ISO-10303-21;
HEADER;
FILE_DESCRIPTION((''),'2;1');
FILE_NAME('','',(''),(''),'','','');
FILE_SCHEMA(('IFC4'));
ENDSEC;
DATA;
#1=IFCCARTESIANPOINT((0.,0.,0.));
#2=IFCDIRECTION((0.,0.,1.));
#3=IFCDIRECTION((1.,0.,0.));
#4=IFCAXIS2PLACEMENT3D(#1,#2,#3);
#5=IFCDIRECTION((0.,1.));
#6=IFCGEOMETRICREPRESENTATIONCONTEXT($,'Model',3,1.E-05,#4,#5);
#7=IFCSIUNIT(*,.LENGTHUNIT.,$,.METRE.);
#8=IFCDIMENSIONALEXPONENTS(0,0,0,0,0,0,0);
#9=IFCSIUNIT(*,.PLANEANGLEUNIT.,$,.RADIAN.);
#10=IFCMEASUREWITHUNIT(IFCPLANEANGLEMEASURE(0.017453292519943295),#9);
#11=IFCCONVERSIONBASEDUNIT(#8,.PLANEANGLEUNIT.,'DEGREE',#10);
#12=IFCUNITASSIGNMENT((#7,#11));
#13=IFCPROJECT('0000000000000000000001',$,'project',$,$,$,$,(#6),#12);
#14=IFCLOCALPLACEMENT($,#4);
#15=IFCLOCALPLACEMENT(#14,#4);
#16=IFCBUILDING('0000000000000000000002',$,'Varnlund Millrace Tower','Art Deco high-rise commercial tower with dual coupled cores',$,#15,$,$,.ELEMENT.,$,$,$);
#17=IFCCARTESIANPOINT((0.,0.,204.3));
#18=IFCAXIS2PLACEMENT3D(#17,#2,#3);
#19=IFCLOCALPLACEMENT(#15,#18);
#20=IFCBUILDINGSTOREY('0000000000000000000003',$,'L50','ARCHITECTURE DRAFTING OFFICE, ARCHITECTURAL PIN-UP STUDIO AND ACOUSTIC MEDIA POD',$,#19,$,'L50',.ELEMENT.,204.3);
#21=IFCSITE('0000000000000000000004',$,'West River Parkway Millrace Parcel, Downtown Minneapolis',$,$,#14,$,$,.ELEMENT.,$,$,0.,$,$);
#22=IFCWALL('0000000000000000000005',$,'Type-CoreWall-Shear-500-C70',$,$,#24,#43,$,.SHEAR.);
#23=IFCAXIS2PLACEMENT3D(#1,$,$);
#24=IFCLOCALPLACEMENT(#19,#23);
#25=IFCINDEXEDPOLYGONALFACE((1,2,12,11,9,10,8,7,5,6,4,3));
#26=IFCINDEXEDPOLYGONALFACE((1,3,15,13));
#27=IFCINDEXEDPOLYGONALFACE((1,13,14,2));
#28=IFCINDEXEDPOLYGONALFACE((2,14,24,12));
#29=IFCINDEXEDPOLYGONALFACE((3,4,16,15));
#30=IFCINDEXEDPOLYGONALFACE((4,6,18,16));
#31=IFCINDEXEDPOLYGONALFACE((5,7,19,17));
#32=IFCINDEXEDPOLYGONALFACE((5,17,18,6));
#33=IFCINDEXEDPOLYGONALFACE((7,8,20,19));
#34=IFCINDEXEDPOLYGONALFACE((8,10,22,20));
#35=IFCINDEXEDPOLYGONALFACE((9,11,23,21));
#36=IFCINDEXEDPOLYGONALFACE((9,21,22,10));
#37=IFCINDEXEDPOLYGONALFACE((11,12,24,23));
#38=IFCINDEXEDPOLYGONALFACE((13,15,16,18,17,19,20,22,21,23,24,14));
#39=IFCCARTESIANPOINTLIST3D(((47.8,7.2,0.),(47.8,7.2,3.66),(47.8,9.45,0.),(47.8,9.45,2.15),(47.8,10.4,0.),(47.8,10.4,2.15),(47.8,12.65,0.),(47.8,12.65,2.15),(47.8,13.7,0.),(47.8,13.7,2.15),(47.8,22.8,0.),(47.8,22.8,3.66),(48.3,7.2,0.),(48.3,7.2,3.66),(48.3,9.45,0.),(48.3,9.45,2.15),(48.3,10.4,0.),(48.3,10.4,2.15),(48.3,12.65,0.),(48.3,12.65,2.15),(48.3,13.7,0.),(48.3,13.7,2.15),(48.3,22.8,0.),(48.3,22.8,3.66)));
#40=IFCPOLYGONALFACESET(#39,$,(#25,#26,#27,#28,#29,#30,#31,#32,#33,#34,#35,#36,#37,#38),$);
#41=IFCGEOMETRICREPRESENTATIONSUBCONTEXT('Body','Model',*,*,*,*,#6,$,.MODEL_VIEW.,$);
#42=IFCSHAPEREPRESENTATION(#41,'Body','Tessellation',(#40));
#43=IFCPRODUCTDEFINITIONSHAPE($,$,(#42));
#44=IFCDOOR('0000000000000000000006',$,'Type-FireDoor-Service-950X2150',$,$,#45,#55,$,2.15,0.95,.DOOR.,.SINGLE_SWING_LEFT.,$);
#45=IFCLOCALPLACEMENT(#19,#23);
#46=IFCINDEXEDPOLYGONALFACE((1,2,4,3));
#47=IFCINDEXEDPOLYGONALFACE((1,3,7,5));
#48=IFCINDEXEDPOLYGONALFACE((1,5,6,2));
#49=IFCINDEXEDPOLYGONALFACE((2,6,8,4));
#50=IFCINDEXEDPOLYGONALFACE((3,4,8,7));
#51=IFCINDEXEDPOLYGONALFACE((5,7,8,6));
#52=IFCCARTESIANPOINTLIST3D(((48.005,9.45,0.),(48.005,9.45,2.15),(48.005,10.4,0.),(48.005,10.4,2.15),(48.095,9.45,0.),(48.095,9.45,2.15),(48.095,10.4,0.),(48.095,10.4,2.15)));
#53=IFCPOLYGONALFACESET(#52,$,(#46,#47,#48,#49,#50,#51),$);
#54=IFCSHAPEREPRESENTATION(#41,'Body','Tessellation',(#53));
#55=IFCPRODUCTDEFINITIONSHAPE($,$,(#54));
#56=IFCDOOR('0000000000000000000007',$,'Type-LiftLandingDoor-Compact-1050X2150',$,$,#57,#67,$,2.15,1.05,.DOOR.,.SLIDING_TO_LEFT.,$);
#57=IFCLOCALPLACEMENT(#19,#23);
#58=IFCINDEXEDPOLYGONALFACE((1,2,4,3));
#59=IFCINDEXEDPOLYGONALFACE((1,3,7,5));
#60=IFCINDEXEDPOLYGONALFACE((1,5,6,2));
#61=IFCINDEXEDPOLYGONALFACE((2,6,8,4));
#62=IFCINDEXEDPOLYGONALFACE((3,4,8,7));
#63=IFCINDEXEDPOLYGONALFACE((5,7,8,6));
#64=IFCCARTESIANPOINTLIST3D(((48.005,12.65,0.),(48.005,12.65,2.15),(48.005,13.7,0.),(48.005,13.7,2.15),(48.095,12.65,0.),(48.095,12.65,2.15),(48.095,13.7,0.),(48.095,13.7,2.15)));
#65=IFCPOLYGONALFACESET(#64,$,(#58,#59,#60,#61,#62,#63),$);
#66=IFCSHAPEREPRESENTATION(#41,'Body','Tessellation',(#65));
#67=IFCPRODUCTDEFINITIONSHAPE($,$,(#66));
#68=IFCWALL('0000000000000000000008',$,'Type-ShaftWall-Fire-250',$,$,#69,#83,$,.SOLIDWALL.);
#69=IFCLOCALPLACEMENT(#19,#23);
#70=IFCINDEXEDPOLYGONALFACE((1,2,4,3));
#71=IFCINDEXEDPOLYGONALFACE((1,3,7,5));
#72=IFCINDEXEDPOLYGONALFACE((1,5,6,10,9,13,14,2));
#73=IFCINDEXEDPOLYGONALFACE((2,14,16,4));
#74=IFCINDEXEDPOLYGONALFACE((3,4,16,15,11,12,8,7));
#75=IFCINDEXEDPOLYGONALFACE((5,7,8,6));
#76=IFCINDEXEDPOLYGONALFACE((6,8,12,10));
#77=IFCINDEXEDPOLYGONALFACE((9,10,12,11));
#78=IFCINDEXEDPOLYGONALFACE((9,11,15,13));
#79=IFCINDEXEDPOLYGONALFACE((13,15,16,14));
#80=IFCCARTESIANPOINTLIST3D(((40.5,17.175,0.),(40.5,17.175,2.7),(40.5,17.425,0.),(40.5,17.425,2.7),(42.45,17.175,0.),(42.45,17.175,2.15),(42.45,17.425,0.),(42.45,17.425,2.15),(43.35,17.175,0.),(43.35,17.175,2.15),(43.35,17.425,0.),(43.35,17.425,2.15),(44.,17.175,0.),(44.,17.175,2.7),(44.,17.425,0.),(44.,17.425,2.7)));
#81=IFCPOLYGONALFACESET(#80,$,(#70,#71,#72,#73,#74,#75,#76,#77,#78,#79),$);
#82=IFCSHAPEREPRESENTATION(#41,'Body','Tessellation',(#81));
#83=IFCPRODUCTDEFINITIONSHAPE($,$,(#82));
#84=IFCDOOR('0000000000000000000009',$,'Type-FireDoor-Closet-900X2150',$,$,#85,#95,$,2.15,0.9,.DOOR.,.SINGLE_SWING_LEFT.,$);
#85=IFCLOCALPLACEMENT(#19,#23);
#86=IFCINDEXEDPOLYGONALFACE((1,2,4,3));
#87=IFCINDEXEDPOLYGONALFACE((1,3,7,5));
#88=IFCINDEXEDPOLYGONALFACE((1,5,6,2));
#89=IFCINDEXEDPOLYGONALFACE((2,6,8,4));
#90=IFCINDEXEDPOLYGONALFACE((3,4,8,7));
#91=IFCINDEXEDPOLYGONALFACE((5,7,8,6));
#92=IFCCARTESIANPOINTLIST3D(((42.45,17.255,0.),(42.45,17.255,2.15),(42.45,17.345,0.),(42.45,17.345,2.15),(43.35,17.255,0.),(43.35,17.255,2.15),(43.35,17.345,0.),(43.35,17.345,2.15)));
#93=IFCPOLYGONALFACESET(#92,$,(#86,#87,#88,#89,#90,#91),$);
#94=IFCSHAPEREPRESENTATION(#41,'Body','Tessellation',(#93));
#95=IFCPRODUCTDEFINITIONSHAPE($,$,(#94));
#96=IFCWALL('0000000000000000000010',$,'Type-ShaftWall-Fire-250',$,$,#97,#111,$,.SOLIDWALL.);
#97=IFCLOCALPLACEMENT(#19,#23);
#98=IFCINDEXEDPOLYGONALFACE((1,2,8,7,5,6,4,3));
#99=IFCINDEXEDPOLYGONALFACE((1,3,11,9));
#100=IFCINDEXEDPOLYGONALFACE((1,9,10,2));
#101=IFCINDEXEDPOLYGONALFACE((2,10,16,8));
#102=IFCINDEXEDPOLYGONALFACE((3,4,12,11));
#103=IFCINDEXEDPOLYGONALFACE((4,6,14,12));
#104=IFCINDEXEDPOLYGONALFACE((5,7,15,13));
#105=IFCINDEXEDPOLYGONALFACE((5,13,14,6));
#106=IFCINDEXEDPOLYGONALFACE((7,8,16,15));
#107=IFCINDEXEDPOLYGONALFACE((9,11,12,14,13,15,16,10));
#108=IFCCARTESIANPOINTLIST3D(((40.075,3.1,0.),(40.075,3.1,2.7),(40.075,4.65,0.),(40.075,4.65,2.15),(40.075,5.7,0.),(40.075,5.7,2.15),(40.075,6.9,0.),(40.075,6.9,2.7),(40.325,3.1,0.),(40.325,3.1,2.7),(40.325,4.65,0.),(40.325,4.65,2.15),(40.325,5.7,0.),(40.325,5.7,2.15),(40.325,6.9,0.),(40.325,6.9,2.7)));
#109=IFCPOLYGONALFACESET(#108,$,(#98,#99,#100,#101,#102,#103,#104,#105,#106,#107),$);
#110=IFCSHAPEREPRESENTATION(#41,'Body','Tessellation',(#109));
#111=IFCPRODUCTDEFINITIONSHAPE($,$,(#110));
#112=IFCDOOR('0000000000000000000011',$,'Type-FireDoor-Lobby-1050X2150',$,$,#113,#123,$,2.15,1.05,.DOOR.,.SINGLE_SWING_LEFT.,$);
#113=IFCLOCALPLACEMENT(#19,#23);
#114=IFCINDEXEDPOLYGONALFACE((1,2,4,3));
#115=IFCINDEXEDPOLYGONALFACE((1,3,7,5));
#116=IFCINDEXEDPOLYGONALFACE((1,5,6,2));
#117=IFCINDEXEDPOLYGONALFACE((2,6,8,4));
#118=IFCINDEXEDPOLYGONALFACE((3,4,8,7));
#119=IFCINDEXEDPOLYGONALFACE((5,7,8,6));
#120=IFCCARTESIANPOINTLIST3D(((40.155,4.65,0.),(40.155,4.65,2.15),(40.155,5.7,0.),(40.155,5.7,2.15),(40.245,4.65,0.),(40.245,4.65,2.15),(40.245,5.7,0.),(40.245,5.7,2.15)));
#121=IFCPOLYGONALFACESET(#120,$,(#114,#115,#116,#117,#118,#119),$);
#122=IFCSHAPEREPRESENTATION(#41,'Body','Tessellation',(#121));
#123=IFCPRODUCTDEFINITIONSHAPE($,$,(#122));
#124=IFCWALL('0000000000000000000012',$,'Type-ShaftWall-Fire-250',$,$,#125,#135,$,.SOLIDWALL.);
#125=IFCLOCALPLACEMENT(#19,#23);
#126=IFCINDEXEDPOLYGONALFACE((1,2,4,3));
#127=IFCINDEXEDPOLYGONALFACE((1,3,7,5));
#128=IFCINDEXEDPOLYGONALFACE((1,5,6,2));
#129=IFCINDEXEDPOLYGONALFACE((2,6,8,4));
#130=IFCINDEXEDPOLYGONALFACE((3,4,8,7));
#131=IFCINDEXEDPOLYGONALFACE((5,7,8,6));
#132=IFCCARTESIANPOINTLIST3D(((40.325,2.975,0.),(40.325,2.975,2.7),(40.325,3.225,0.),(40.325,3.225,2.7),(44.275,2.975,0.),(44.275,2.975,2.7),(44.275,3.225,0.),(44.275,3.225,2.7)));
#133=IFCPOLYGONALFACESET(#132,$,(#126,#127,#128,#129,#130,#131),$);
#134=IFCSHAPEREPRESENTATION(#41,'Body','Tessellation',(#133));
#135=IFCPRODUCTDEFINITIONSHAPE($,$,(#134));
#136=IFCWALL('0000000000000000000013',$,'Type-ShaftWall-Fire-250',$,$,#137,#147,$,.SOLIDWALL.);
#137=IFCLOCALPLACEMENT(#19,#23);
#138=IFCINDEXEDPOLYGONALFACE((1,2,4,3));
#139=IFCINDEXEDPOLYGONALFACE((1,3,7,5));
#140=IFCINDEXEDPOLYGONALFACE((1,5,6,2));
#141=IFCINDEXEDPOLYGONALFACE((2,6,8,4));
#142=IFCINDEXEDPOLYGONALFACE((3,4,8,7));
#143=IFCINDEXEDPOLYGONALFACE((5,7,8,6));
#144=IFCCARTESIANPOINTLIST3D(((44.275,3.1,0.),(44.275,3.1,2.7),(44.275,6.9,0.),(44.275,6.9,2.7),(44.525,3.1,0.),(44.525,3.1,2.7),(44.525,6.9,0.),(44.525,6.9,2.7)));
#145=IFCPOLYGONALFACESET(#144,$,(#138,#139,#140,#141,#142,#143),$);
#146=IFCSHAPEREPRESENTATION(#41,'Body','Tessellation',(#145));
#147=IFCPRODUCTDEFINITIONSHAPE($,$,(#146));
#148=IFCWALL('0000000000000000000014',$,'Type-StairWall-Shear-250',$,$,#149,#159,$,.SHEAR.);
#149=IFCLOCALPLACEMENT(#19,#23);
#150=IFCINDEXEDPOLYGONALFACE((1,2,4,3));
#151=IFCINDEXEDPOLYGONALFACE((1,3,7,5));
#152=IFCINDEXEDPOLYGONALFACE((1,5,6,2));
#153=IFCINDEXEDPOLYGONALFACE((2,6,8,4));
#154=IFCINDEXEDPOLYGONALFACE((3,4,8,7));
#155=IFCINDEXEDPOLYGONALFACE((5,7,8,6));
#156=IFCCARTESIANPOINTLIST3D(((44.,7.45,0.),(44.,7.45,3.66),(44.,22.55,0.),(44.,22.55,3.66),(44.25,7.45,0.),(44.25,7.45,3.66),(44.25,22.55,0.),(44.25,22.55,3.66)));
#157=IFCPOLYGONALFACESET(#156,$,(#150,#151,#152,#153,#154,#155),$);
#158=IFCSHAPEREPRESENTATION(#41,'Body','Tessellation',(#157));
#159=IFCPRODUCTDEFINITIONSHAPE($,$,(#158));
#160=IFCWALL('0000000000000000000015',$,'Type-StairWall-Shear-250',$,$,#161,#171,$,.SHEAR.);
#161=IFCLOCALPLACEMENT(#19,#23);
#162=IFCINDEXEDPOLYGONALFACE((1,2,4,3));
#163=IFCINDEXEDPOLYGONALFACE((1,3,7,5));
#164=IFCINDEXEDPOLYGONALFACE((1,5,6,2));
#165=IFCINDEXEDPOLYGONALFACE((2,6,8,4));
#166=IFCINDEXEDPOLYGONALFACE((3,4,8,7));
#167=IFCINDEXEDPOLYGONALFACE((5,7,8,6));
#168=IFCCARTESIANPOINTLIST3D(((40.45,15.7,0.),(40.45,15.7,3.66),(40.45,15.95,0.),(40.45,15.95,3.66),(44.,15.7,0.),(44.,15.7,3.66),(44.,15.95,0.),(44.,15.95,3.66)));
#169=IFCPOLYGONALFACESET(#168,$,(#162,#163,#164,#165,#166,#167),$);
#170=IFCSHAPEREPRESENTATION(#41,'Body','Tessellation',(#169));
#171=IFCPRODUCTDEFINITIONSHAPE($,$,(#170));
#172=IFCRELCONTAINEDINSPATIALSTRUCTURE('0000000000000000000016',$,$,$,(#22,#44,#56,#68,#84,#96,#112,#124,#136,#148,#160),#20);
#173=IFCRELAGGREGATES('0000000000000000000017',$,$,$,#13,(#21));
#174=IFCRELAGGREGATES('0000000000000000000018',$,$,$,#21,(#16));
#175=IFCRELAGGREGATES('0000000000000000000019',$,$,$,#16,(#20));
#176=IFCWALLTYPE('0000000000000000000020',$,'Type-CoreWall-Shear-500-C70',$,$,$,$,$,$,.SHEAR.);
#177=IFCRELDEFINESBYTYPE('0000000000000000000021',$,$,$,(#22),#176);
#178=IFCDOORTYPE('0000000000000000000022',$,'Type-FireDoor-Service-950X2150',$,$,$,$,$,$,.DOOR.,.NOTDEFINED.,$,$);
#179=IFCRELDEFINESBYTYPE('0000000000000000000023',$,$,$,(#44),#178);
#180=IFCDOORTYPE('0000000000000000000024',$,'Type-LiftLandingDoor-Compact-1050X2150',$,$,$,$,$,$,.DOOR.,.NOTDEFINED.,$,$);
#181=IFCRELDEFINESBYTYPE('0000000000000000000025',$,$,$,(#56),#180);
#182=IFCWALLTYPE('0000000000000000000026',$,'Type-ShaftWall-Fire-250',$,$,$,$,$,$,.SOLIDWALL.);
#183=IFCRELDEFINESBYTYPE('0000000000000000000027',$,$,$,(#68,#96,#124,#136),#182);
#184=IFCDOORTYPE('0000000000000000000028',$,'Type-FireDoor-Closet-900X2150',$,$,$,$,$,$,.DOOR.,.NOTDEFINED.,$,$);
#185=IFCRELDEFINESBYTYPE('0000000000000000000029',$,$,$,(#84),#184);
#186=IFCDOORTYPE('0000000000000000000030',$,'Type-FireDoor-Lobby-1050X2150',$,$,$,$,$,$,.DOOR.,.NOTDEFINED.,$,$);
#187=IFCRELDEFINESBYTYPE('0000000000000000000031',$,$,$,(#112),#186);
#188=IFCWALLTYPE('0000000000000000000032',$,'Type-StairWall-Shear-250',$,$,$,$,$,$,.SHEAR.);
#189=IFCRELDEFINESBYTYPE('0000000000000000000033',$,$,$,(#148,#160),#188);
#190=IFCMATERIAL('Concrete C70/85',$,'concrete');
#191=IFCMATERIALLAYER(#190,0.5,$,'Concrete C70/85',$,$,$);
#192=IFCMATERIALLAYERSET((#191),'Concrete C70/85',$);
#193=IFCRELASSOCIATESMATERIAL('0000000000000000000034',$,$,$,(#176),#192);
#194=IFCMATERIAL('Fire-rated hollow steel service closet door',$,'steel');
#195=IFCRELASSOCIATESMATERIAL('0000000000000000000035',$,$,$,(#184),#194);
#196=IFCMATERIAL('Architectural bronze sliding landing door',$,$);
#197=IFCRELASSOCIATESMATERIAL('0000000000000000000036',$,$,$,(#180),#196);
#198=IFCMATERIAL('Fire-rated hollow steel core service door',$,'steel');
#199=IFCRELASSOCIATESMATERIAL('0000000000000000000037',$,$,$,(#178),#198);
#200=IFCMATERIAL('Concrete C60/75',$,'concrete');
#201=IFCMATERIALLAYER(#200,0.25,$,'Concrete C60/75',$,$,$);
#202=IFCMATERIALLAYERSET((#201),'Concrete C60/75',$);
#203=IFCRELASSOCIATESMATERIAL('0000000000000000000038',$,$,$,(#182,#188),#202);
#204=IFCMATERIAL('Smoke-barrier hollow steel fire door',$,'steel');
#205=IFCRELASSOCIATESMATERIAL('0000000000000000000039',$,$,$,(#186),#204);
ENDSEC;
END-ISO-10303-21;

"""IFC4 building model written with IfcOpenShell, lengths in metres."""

from ifc_helpers import new_model, entity, si_unit, converted_unit, direction, frame, origin_with_axes, origin_2d_with_axis, place, context, subcontext, project, spatial, polyline, rectangle, outline, extrude, material, layer, layer_set, type_object, element, fill, save


model = new_model("IFC4")

# Units and contexts
model_context = context("Model", 3, precision=1e-05, world=origin_with_axes(), true_north=direction((0.0, 1.0)))
body_context = subcontext(model_context, "Body", "Model", "MODEL_VIEW")
ifc_project = project(units=[si_unit("LENGTHUNIT", "METRE"), converted_unit("PLANEANGLEUNIT", "DEGREE", entity("IfcPlaneAngleMeasure", 0.017453292519943295), si_unit("PLANEANGLEUNIT", "RADIAN"), dimensions=[0, 0, 0, 0, 0, 0, 0])], contexts=[model_context])

# Site, building, storey
site_placement = place(None, origin_with_axes())
site = spatial("IfcSite", under=ifc_project, at=site_placement, Name="West River Parkway Millrace Parcel, Downtown Minneapolis", CompositionType="ELEMENT", RefElevation=0.0)
building_placement = place(site_placement, origin_with_axes())
building = spatial("IfcBuilding", under=site, at=building_placement, Name="Varnlund Millrace Tower", Description="Art Deco high-rise commercial tower with dual coupled cores", CompositionType="ELEMENT")
storey_placement = place(building_placement, frame((0.0, 0.0, 204.3), z_axis=(0.0, 0.0, 1.0), x_axis=(1.0, 0.0, 0.0)))
storey = spatial("IfcBuildingStorey", under=building, at=storey_placement, Name="L50", Description="ARCHITECTURE DRAFTING OFFICE, ARCHITECTURAL PIN-UP STUDIO AND ACOUSTIC MEDIA POD", LongName="L50", CompositionType="ELEMENT", Elevation=204.3)

# Shared definitions
ifc_material_1 = material(Name="Concrete C70/85", Category="concrete")

# Shared definitions
ifc_layer_1 = layer(ifc_material_1, 0.5, Name="Concrete C70/85")
ifc_layer_set_1 = layer_set([ifc_layer_1], Name="Concrete C70/85")
wall_type_1 = type_object("IfcWallType", Name="Type-CoreWall-Shear-500-C70", PredefinedType="SHEAR", material=ifc_layer_set_1)
ifc_material_2 = material(Name="Fire-rated hollow steel service closet door", Category="steel")
door_type_1 = type_object("IfcDoorType", Name="Type-FireDoor-Closet-900X2150", OperationType="NOTDEFINED", PredefinedType="DOOR", material=ifc_material_2)
ifc_material_3 = material(Name="Architectural bronze sliding landing door")
door_type_2 = type_object("IfcDoorType", Name="Type-LiftLandingDoor-Compact-1050X2150", OperationType="NOTDEFINED", PredefinedType="DOOR", material=ifc_material_3)

# Wall, openings, doors
wall_1_placement = place(storey_placement, frame((48.05, 7.2, 0.0), z_axis=(0.0, 0.0, 1.0), x_axis=(0.0, 1.0, 0.0)))
wall_1 = element("IfcWall", 1, at=wall_1_placement, inside=storey, type_object=wall_type_1, Name="Type-CoreWall-Shear-500-C70", PredefinedType="SHEAR", context=body_context, shape_type="SweptSolid", body=[
    extrude(outline(polyline([(0.0, -0.25), (15.6, -0.25), (15.6, 0.25), (0.0, 0.25), (0.0, -0.25)])), origin_with_axes(), (0.0, 0.0, 1.0), 3.66),
])
opening_1_placement = place(wall_1_placement, frame((5.975, 0.0, 0.0), z_axis=(0.0, 0.0, 1.0), x_axis=(1.0, 0.0, 0.0)))
opening_1 = element("IfcOpeningElement", 2, at=opening_1_placement, cuts=wall_1, PredefinedType="OPENING", context=body_context, shape_type="SweptSolid", body=[
    extrude(rectangle(XDim=1.05, YDim=0.52, at=origin_2d_with_axis()), origin_with_axes(), (0.0, 0.0, 1.0), 2.15),
])
opening_2_placement = place(wall_1_placement, frame((2.725, 0.0, 0.0), z_axis=(0.0, 0.0, 1.0), x_axis=(1.0, 0.0, 0.0)))
opening_2 = element("IfcOpeningElement", 3, at=opening_2_placement, cuts=wall_1, PredefinedType="OPENING", context=body_context, shape_type="SweptSolid", body=[
    extrude(rectangle(XDim=0.95, YDim=0.52, at=origin_2d_with_axis()), origin_with_axes(), (0.0, 0.0, 1.0), 2.15),
])
ifc_material_4 = material(Name="Fire-rated hollow steel core service door", Category="steel")
door_type_3 = type_object("IfcDoorType", Name="Type-FireDoor-Service-950X2150", OperationType="NOTDEFINED", PredefinedType="DOOR", material=ifc_material_4)
door_1_placement = place(wall_1_placement, frame((2.725, 0.0, 0.0), z_axis=(0.0, 0.0, 1.0), x_axis=(1.0, 0.0, 0.0)))
door_1 = element("IfcDoor", 4, at=door_1_placement, inside=storey, type_object=door_type_3, Name="Type-FireDoor-Service-950X2150", OperationType="SINGLE_SWING_LEFT", OverallHeight=2.15, OverallWidth=0.95, PredefinedType="DOOR", context=body_context, shape_type="SweptSolid", body=[
    extrude(rectangle(XDim=0.95, YDim=0.09, at=origin_2d_with_axis()), origin_with_axes(), (0.0, 0.0, 1.0), 2.15),
])
fill(opening_2, door_1)
door_2_placement = place(wall_1_placement, frame((5.975, 0.0, 0.0), z_axis=(0.0, 0.0, 1.0), x_axis=(1.0, 0.0, 0.0)))
door_2 = element("IfcDoor", 5, at=door_2_placement, inside=storey, type_object=door_type_2, Name="Type-LiftLandingDoor-Compact-1050X2150", OperationType="SLIDING_TO_LEFT", OverallHeight=2.15, OverallWidth=1.05, PredefinedType="DOOR", context=body_context, shape_type="SweptSolid", body=[
    extrude(rectangle(XDim=1.05, YDim=0.09, at=origin_2d_with_axis()), origin_with_axes(), (0.0, 0.0, 1.0), 2.15),
])
fill(opening_1, door_2)

# Walls, openings, doors
ifc_material_5 = material(Name="Concrete C60/75", Category="concrete")
ifc_layer_2 = layer(ifc_material_5, 0.25, Name="Concrete C60/75")
ifc_layer_set_2 = layer_set([ifc_layer_2], Name="Concrete C60/75")
wall_type_2 = type_object("IfcWallType", Name="Type-ShaftWall-Fire-250", PredefinedType="SOLIDWALL", material=ifc_layer_set_2)
wall_2_placement = place(storey_placement, frame((40.5, 17.3, 0.0), z_axis=(0.0, 0.0, 1.0), x_axis=(1.0, 0.0, 0.0)))
wall_2 = element("IfcWall", 6, at=wall_2_placement, inside=storey, type_object=wall_type_2, Name="Type-ShaftWall-Fire-250", PredefinedType="SOLIDWALL", context=body_context, shape_type="SweptSolid", body=[
    extrude(outline(polyline([(0.0, -0.125), (3.5, -0.125), (3.5, 0.125), (0.0, 0.125), (0.0, -0.125)])), origin_with_axes(), (0.0, 0.0, 1.0), 2.7),
])
opening_3_placement = place(wall_2_placement, frame((2.4, 0.0, 0.0), z_axis=(0.0, 0.0, 1.0), x_axis=(1.0, 0.0, 0.0)))
opening_3 = element("IfcOpeningElement", 7, at=opening_3_placement, cuts=wall_2, PredefinedType="OPENING", context=body_context, shape_type="SweptSolid", body=[
    extrude(rectangle(XDim=0.9, YDim=0.27, at=origin_2d_with_axis()), origin_with_axes(), (0.0, 0.0, 1.0), 2.15),
])
door_3_placement = place(wall_2_placement, frame((2.4, 0.0, 0.0), z_axis=(0.0, 0.0, 1.0), x_axis=(1.0, 0.0, 0.0)))
door_3 = element("IfcDoor", 8, at=door_3_placement, inside=storey, type_object=door_type_1, Name="Type-FireDoor-Closet-900X2150", OperationType="SINGLE_SWING_LEFT", OverallHeight=2.15, OverallWidth=0.9, PredefinedType="DOOR", context=body_context, shape_type="SweptSolid", body=[
    extrude(rectangle(XDim=0.9, YDim=0.09, at=origin_2d_with_axis()), origin_with_axes(), (0.0, 0.0, 1.0), 2.15),
])
fill(opening_3, door_3)
wall_3_placement = place(storey_placement, frame((40.2, 3.1, 0.0), z_axis=(0.0, 0.0, 1.0), x_axis=(0.0, 1.0, 0.0)))
wall_3 = element("IfcWall", 9, at=wall_3_placement, inside=storey, type_object=wall_type_2, Name="Type-ShaftWall-Fire-250", PredefinedType="SOLIDWALL", context=body_context, shape_type="SweptSolid", body=[
    extrude(outline(polyline([(0.0, -0.125), (3.8, -0.125), (3.8, 0.125), (0.0, 0.125), (0.0, -0.125)])), origin_with_axes(), (0.0, 0.0, 1.0), 2.7),
])
opening_4_placement = place(wall_3_placement, frame((2.075, 0.0, 0.0), z_axis=(0.0, 0.0, 1.0), x_axis=(1.0, 0.0, 0.0)))
opening_4 = element("IfcOpeningElement", 10, at=opening_4_placement, cuts=wall_3, PredefinedType="OPENING", context=body_context, shape_type="SweptSolid", body=[
    extrude(rectangle(XDim=1.05, YDim=0.27, at=origin_2d_with_axis()), origin_with_axes(), (0.0, 0.0, 1.0), 2.15),
])
ifc_material_6 = material(Name="Smoke-barrier hollow steel fire door", Category="steel")
door_type_4 = type_object("IfcDoorType", Name="Type-FireDoor-Lobby-1050X2150", OperationType="NOTDEFINED", PredefinedType="DOOR", material=ifc_material_6)
door_4_placement = place(wall_3_placement, frame((2.075, 0.0, 0.0), z_axis=(0.0, 0.0, 1.0), x_axis=(1.0, 0.0, 0.0)))
door_4 = element("IfcDoor", 11, at=door_4_placement, inside=storey, type_object=door_type_4, Name="Type-FireDoor-Lobby-1050X2150", OperationType="SINGLE_SWING_LEFT", OverallHeight=2.15, OverallWidth=1.05, PredefinedType="DOOR", context=body_context, shape_type="SweptSolid", body=[
    extrude(rectangle(XDim=1.05, YDim=0.09, at=origin_2d_with_axis()), origin_with_axes(), (0.0, 0.0, 1.0), 2.15),
])
fill(opening_4, door_4)

# Walls
wall_4_placement = place(storey_placement, frame((40.325, 3.1, 0.0), z_axis=(0.0, 0.0, 1.0), x_axis=(1.0, 0.0, 0.0)))
element("IfcWall", 12, at=wall_4_placement, inside=storey, type_object=wall_type_2, Name="Type-ShaftWall-Fire-250", PredefinedType="SOLIDWALL", context=body_context, shape_type="SweptSolid", body=[
    extrude(outline(polyline([(0.0, -0.125), (3.95, -0.125), (3.95, 0.125), (0.0, 0.125), (0.0, -0.125)])), origin_with_axes(), (0.0, 0.0, 1.0), 2.7),
])
wall_5_placement = place(storey_placement, frame((44.4, 3.1, 0.0), z_axis=(0.0, 0.0, 1.0), x_axis=(0.0, 1.0, 0.0)))
element("IfcWall", 13, at=wall_5_placement, inside=storey, type_object=wall_type_2, Name="Type-ShaftWall-Fire-250", PredefinedType="SOLIDWALL", context=body_context, shape_type="SweptSolid", body=[
    extrude(outline(polyline([(0.0, -0.125), (3.8, -0.125), (3.8, 0.125), (0.0, 0.125), (0.0, -0.125)])), origin_with_axes(), (0.0, 0.0, 1.0), 2.7),
])
wall_type_3 = type_object("IfcWallType", Name="Type-StairWall-Shear-250", PredefinedType="SHEAR", material=ifc_layer_set_2)
wall_6_placement = place(storey_placement, frame((44.125, 7.45, 0.0), z_axis=(0.0, 0.0, 1.0), x_axis=(0.0, 1.0, 0.0)))
element("IfcWall", 14, at=wall_6_placement, inside=storey, type_object=wall_type_3, Name="Type-StairWall-Shear-250", PredefinedType="SHEAR", context=body_context, shape_type="SweptSolid", body=[
    extrude(outline(polyline([(0.0, -0.125), (15.1, -0.125), (15.1, 0.125), (0.0, 0.125), (0.0, -0.125)])), origin_with_axes(), (0.0, 0.0, 1.0), 3.66),
])
for number, where, z_axis, x_axis, name in (
    (15, (40.45, 15.825, 0.0), (0.0, 0.0, 1.0), (1.0, 0.0, 0.0), "Type-StairWall-Shear-250"),
):
    element("IfcWall", number, at=place(storey_placement, frame(where, z_axis=z_axis, x_axis=x_axis)), inside=storey, type_object=wall_type_3, Name=name, PredefinedType="SHEAR", context=body_context, shape_type="SweptSolid", body=[
        extrude(outline(polyline([(0.0, -0.125), (3.55, -0.125), (3.55, 0.125), (0.0, 0.125), (0.0, -0.125)])), origin_with_axes(), (0.0, 0.0, 1.0), 3.66),
    ])

save(model, "model.ifc")
